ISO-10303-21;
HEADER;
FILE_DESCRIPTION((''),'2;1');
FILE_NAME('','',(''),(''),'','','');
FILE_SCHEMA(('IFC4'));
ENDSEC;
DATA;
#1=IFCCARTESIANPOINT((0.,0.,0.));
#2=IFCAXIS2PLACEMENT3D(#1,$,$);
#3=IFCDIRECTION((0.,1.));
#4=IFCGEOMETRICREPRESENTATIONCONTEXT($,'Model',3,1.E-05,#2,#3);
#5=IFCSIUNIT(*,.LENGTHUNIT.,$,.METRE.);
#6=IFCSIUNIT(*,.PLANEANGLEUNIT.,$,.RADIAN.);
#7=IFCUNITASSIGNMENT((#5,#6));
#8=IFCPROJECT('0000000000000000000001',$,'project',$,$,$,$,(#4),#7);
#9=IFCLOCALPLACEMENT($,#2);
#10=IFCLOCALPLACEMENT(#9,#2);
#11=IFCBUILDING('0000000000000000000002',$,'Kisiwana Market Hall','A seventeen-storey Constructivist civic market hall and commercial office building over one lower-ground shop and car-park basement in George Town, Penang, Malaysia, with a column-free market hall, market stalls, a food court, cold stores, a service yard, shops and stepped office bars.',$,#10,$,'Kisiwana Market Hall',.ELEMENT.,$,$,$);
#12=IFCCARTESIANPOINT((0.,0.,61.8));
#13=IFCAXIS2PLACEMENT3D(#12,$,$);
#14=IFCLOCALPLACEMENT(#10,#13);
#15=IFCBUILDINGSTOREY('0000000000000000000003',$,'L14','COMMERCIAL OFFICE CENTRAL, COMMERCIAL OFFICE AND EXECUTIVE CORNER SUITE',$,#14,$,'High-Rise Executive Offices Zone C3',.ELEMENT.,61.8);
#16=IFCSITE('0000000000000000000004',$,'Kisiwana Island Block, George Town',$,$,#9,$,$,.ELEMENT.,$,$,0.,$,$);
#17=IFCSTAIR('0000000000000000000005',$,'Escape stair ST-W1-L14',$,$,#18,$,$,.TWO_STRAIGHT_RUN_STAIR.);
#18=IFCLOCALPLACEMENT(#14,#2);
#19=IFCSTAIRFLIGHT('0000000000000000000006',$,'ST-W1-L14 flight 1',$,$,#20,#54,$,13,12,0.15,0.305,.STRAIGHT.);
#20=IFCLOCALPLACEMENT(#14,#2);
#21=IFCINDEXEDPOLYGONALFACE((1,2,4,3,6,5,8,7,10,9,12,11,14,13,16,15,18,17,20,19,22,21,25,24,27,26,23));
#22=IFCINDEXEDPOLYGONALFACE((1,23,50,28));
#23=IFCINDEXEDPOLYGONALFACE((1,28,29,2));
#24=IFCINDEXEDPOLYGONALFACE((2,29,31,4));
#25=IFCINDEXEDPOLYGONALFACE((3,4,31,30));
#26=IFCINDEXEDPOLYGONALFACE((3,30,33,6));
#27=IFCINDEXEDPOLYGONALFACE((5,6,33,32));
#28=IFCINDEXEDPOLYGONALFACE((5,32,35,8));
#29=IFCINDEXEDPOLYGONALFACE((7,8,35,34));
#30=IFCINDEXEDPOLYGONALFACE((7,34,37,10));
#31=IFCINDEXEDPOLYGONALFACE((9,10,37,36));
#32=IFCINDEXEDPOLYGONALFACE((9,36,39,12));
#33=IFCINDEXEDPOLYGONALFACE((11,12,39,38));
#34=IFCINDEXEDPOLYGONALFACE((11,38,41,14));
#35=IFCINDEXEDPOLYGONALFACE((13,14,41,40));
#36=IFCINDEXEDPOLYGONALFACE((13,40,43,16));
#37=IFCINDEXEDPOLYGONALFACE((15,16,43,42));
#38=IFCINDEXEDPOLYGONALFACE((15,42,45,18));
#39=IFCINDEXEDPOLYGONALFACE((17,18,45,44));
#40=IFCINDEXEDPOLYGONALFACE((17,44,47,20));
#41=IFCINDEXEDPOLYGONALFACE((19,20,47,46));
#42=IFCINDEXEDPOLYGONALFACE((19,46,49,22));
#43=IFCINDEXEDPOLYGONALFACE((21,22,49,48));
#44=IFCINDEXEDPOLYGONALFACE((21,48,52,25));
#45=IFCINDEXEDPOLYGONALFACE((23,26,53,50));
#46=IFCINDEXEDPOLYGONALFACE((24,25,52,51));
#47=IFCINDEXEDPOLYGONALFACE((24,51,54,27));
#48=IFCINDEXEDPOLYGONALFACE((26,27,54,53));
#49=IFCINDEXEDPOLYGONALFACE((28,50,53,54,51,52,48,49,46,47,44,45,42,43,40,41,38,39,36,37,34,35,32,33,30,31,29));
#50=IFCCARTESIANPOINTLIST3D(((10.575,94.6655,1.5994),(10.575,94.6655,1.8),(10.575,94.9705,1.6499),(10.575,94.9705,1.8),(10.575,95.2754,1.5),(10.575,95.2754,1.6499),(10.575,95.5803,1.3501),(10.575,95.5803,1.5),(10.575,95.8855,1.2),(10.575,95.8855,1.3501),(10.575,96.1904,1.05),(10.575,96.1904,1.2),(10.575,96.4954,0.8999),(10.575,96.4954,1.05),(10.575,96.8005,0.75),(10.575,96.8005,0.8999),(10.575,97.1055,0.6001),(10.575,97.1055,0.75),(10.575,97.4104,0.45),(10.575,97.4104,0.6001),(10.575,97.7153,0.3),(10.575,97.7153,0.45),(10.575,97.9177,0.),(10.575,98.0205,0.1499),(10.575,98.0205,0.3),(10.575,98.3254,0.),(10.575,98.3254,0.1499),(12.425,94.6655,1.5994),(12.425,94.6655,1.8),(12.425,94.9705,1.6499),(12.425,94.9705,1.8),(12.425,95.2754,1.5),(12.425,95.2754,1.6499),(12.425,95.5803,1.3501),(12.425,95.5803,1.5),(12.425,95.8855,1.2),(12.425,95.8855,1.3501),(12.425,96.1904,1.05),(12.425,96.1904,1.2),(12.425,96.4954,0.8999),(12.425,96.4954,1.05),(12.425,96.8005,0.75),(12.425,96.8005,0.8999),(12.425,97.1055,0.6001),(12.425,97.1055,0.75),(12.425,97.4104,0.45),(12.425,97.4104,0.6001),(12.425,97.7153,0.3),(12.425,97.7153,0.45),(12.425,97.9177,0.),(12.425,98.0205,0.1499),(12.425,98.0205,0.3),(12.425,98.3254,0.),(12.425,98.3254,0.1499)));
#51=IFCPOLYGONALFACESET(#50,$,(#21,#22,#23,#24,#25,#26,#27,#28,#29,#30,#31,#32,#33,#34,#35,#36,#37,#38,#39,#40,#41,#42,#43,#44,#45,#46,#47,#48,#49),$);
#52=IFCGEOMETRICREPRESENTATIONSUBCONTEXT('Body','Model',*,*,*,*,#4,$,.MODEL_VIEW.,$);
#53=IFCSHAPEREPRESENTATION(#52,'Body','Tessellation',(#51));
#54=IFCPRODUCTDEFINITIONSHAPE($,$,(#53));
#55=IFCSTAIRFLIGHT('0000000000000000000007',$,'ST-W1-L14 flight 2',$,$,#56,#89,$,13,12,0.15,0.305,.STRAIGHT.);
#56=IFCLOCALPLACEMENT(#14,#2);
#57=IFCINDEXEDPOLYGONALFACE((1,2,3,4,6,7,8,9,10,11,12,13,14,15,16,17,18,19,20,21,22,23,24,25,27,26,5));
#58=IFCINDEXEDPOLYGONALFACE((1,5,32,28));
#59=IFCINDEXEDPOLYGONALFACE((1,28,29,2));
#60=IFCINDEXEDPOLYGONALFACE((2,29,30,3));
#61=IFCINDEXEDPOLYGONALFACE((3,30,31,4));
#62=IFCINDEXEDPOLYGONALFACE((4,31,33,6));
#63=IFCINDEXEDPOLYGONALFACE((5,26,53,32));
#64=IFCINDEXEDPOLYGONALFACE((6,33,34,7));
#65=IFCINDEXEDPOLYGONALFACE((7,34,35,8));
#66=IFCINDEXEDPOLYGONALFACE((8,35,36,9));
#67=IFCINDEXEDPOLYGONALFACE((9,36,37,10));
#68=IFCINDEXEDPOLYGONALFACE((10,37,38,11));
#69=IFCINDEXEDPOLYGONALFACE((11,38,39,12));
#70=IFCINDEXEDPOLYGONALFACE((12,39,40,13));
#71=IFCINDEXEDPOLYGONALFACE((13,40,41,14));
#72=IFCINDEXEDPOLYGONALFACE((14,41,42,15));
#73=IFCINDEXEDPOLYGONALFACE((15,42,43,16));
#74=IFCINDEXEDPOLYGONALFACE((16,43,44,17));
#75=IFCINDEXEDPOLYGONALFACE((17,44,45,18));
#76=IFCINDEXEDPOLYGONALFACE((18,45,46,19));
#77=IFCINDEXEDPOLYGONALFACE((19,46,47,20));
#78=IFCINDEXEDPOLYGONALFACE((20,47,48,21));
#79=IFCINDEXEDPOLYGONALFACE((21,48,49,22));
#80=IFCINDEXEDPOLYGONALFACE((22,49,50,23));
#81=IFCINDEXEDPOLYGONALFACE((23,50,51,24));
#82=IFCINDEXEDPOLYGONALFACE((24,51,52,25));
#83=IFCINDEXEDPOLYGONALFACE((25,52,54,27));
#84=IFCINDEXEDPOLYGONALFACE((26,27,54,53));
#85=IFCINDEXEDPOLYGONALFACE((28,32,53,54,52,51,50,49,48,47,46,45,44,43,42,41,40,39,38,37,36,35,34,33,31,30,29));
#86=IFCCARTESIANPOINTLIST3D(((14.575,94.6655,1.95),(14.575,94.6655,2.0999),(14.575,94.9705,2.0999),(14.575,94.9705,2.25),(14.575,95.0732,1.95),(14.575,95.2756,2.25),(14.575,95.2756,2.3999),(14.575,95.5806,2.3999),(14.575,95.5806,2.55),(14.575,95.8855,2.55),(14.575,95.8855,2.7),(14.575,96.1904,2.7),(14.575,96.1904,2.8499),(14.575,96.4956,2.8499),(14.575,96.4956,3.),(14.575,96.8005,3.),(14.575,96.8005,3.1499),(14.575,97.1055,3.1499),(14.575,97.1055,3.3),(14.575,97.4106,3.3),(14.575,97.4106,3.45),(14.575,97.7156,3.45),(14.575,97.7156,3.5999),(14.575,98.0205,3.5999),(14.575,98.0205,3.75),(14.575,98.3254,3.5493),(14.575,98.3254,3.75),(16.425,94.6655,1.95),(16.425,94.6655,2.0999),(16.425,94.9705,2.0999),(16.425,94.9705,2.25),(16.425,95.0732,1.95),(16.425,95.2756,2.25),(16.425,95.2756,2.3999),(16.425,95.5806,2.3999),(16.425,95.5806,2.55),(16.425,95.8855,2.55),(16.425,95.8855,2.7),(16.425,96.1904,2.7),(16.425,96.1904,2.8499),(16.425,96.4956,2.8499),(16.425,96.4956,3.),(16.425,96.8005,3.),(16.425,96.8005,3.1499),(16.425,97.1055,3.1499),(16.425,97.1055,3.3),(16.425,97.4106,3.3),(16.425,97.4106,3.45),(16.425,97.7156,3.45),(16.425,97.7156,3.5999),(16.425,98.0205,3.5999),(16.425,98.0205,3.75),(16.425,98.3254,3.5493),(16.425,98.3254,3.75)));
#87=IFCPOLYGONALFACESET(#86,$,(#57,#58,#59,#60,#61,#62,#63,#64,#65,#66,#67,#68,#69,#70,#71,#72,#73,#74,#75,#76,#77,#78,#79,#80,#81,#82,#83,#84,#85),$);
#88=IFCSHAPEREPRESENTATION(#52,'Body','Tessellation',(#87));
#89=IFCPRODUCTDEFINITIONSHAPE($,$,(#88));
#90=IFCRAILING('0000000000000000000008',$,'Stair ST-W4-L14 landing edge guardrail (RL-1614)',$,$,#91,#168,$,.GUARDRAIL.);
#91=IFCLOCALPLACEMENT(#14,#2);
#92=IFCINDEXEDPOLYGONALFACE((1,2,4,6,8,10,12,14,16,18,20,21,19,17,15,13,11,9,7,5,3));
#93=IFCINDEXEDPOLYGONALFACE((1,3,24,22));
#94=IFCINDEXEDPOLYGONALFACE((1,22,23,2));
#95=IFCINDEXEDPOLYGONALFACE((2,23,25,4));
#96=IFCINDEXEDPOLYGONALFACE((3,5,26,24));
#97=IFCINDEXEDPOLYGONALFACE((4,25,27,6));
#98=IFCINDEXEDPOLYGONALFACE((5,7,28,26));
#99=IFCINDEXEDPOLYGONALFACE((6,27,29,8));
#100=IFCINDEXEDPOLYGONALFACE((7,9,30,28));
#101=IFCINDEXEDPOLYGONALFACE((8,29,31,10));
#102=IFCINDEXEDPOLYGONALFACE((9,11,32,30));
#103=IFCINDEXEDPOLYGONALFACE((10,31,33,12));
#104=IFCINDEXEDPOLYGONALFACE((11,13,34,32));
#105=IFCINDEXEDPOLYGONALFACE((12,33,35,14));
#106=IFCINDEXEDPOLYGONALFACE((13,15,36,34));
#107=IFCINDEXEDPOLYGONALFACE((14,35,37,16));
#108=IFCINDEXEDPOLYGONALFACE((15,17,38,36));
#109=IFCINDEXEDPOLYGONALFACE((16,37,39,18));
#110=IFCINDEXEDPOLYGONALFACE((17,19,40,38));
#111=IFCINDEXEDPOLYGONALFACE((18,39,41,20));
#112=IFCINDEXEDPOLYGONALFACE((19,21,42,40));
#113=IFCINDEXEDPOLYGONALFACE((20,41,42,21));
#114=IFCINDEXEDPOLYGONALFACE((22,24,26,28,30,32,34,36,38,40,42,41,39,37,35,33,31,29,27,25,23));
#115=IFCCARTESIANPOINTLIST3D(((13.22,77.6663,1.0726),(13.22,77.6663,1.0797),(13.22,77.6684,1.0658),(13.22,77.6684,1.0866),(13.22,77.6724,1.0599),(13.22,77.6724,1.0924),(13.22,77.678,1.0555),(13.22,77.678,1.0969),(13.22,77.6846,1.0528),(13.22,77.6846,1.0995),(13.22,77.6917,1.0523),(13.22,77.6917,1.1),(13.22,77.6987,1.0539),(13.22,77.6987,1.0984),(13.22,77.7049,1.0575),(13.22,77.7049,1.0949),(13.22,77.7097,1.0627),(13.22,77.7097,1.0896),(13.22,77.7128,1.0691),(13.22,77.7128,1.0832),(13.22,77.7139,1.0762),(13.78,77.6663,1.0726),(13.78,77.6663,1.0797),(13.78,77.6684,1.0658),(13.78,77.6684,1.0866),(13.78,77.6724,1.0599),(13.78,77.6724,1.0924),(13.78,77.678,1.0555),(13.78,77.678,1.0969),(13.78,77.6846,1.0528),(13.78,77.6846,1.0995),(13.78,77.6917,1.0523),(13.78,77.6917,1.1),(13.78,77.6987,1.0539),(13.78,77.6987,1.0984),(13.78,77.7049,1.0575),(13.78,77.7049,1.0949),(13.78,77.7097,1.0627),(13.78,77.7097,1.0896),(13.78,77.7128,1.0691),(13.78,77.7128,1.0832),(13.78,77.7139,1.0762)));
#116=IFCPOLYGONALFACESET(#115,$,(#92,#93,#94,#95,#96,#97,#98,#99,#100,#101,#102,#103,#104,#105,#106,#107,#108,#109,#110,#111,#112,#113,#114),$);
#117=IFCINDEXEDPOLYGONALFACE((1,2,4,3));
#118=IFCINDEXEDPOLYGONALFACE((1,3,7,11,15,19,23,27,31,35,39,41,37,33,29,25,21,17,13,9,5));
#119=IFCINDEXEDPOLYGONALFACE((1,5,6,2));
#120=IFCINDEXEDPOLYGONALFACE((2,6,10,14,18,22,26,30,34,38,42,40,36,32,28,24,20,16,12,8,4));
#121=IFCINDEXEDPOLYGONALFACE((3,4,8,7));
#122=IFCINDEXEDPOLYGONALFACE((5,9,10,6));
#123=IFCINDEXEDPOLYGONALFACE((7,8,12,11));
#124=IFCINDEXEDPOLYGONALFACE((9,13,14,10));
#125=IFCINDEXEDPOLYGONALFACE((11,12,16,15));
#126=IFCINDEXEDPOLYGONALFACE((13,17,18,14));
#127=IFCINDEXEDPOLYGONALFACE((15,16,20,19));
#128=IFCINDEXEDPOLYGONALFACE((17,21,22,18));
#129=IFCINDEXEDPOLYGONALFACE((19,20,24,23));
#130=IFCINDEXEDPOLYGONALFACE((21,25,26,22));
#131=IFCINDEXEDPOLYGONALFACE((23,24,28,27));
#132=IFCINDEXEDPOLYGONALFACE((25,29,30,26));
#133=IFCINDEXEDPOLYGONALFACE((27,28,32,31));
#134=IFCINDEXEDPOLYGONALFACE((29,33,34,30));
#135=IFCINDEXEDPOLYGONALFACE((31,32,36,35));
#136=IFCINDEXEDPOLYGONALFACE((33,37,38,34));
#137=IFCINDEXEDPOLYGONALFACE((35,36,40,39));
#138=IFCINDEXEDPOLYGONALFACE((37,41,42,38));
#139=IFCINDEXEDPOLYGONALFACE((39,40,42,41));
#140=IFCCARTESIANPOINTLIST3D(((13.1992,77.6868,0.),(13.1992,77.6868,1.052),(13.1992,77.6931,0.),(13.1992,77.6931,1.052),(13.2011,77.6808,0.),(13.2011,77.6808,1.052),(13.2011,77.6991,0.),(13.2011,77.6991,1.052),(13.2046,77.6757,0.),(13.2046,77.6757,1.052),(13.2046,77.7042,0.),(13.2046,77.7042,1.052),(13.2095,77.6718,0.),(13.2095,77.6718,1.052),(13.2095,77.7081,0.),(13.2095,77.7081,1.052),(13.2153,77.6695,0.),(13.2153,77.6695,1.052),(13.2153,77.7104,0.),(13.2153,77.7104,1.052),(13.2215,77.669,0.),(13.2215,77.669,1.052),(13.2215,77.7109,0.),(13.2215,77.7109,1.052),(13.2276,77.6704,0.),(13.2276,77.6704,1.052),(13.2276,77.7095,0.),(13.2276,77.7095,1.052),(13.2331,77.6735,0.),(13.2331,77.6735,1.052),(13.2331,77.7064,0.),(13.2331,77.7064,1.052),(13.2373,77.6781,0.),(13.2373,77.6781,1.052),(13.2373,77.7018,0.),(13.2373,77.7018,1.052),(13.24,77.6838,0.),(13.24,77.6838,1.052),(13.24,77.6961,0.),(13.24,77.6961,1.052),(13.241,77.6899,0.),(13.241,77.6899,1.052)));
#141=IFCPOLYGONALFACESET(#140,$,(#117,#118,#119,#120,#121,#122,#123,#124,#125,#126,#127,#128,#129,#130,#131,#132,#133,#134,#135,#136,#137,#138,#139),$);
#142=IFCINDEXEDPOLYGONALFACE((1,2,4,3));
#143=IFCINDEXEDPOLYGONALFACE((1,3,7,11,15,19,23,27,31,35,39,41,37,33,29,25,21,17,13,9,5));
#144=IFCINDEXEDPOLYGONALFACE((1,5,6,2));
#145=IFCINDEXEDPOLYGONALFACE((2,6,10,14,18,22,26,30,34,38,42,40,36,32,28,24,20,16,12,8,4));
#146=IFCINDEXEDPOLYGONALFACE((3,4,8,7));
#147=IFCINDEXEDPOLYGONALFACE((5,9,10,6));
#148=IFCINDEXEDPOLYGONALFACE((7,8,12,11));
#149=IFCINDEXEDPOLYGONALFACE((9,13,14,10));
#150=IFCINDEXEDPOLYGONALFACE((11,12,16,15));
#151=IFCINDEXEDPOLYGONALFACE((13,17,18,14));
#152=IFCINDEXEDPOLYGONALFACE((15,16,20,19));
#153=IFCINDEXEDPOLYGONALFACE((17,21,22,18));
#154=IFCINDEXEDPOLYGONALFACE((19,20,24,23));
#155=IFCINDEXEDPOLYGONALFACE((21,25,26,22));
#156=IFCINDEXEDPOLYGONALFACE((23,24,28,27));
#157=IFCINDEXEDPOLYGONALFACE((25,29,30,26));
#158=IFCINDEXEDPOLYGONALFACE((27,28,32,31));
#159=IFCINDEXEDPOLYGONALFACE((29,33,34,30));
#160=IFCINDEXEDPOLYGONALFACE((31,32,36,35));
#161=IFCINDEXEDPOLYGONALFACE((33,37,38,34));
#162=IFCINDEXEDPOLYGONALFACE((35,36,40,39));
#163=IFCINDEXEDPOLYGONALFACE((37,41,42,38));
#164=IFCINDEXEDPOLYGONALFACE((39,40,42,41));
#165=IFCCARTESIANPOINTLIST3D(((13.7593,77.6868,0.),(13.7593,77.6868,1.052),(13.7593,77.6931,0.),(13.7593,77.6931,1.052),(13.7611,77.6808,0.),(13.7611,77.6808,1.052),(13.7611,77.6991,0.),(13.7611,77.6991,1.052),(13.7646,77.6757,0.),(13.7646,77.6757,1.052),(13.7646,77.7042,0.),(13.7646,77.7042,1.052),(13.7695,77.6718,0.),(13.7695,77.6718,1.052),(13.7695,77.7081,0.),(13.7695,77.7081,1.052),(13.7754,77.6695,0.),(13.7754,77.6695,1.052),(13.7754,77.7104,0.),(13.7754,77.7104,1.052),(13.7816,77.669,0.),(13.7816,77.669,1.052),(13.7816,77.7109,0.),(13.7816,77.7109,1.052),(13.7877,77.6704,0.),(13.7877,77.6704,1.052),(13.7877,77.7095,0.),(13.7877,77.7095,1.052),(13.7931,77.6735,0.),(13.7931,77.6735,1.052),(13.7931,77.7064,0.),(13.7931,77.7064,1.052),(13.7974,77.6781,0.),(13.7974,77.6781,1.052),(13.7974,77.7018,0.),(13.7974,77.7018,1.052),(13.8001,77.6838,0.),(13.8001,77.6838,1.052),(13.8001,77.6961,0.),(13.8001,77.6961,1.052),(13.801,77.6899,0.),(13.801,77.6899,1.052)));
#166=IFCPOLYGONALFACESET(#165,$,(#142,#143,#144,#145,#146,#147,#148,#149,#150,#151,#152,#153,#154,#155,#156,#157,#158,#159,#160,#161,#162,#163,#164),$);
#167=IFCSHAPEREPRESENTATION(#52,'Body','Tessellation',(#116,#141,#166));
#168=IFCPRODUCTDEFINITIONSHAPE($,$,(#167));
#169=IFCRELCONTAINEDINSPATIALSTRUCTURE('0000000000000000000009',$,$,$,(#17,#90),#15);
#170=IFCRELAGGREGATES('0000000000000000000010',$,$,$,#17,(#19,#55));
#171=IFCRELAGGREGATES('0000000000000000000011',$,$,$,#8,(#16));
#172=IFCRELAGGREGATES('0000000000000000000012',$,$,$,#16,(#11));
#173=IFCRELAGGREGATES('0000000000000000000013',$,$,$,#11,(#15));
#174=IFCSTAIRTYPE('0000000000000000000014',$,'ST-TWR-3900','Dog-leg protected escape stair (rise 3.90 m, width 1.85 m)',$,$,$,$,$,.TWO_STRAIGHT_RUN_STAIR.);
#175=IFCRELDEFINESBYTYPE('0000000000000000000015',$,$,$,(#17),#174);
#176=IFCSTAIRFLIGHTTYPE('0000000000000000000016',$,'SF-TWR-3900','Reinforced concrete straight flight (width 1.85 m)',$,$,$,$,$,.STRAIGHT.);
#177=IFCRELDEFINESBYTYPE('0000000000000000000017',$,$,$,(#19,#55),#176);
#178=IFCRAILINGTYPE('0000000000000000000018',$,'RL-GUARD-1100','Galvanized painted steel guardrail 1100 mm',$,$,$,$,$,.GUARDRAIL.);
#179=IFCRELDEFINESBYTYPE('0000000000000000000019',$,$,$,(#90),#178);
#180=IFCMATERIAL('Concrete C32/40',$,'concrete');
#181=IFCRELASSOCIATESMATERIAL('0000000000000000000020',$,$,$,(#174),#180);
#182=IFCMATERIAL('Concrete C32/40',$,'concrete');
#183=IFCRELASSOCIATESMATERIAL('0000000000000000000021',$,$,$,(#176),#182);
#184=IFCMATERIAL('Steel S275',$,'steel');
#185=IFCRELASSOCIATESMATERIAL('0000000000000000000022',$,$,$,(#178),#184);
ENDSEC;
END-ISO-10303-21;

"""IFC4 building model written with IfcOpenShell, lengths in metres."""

from ifc_helpers import new_model, si_unit, direction, frame, origin, origin_2d, place, context, subcontext, project, spatial, polyline, circle, outline, extrude, material, type_object, element, aggregate, save


model = new_model("IFC4")

# Units and contexts
model_context = context("Model", 3, precision=1e-05, world=origin(), true_north=direction((0.0, 1.0)))
body_context = subcontext(model_context, "Body", "Model", "MODEL_VIEW")
ifc_project = project(units=[si_unit("LENGTHUNIT", "METRE"), si_unit("PLANEANGLEUNIT", "RADIAN")], contexts=[model_context])

# Site, building, storey
site_placement = place(None, origin())
site = spatial("IfcSite", under=ifc_project, at=site_placement, Name="Kisiwana Island Block, George Town", CompositionType="ELEMENT", RefElevation=0.0)
building_placement = place(site_placement, origin())
building = spatial("IfcBuilding", under=site, at=building_placement, Name="Kisiwana Market Hall", Description="A seventeen-storey Constructivist civic market hall and commercial office building over one lower-ground shop and car-park basement in George Town, Penang, Malaysia, with a column-free market hall, market stalls, a food court, cold stores, a service yard, shops and stepped office bars.", LongName="Kisiwana Market Hall", CompositionType="ELEMENT")
storey_placement = place(building_placement, frame((0.0, 0.0, 61.8)))
storey = spatial("IfcBuildingStorey", under=building, at=storey_placement, Name="L14", Description="COMMERCIAL OFFICE CENTRAL, COMMERCIAL OFFICE AND EXECUTIVE CORNER SUITE", LongName="High-Rise Executive Offices Zone C3", CompositionType="ELEMENT", Elevation=61.8)

# Stair, stair flights
ifc_material_1 = material(Name="Concrete C32/40", Category="concrete")
stair_type = type_object("IfcStairType", Name="ST-TWR-3900", Description="Dog-leg protected escape stair (rise 3.90 m, width 1.85 m)", PredefinedType="TWO_STRAIGHT_RUN_STAIR", material=ifc_material_1)
stair_placement = place(storey_placement, origin())
stair = element("IfcStair", 1, at=stair_placement, inside=storey, type_object=stair_type, Name="Escape stair ST-W1-L14", PredefinedType="TWO_STRAIGHT_RUN_STAIR")
ifc_material_2 = material(Name="Concrete C32/40", Category="concrete")
stair_flight_type = type_object("IfcStairFlightType", Name="SF-TWR-3900", Description="Reinforced concrete straight flight (width 1.85 m)", PredefinedType="STRAIGHT", material=ifc_material_2)
stair_flight_1_placement = place(storey_placement, frame((11.5, 98.3254, 0.0), z_axis=(0.0, 0.0, 1.0), x_axis=(0.0, -1.0, 0.0)))
stair_flight_1 = element("IfcStairFlight", 2, at=stair_flight_1_placement, type_object=stair_flight_type, Name="ST-W1-L14 flight 1", NumberOfRisers=13, NumberOfTreads=12, PredefinedType="STRAIGHT", RiserHeight=0.15, TreadLength=0.305, context=body_context, shape_type="SweptSolid", body=[
    extrude(outline(polyline([(0.0, 0.0), (0.0, 0.1499), (0.3049, 0.1499), (0.3049, 0.3), (0.6101, 0.3), (0.6101, 0.45), (0.915, 0.45), (0.915, 0.6001), (1.22, 0.6001), (1.22, 0.75), (1.5249, 0.75), (1.5249, 0.8999), (1.8301, 0.8999), (1.8301, 1.05), (2.135, 1.05), (2.135, 1.2), (2.4399, 1.2), (2.4399, 1.3501), (2.7451, 1.3501), (2.7451, 1.5), (3.05, 1.5), (3.05, 1.6499), (3.355, 1.6499), (3.355, 1.8), (3.6599, 1.8), (3.6599, 1.95), (3.6599, 1.5994), (0.4077, 0.0), (0.0, 0.0)])), frame((0.0, 0.925, 0.0), z_axis=(0.0, -1.0, 0.0), x_axis=(1.0, 0.0, 0.0)), (0.0, 0.0, 1.0), 1.8501),
])
stair_flight_2_placement = place(storey_placement, frame((15.5, 94.6655, 1.95), z_axis=(0.0, 0.0, 1.0), x_axis=(0.0, 1.0, 0.0)))
stair_flight_2 = element("IfcStairFlight", 3, at=stair_flight_2_placement, type_object=stair_flight_type, Name="ST-W1-L14 flight 2", NumberOfRisers=13, NumberOfTreads=12, PredefinedType="STRAIGHT", RiserHeight=0.15, TreadLength=0.305, context=body_context, shape_type="SweptSolid", body=[
    extrude(outline(polyline([(0.0, 0.0), (0.0, 0.1499), (0.3049, 0.1499), (0.3049, 0.3), (0.6101, 0.3), (0.6101, 0.45), (0.915, 0.45), (0.915, 0.6001), (1.22, 0.6001), (1.22, 0.75), (1.5249, 0.75), (1.5249, 0.8999), (1.8301, 0.8999), (1.8301, 1.05), (2.135, 1.05), (2.135, 1.2), (2.4399, 1.2), (2.4399, 1.3501), (2.7451, 1.3501), (2.7451, 1.5), (3.05, 1.5), (3.05, 1.6499), (3.355, 1.6499), (3.355, 1.8), (3.6599, 1.8), (3.6599, 1.95), (3.6599, 1.5994), (0.4077, 0.0), (0.0, 0.0)])), frame((0.0, 0.925, 0.0), z_axis=(0.0, -1.0, 0.0), x_axis=(1.0, 0.0, 0.0)), (0.0, 0.0, 1.0), 1.8501),
])
aggregate(stair, [stair_flight_1, stair_flight_2])

# Railing
ifc_material_3 = material(Name="Steel S275", Category="steel")
railing_type_1 = type_object("IfcRailingType", Name="RL-GUARD-1100", Description="Galvanized painted steel guardrail 1100 mm", PredefinedType="GUARDRAIL", material=ifc_material_3)
railing_1_placement = place(storey_placement, frame((13.22, 77.6899, 0.0)))
element("IfcRailing", 4, at=railing_1_placement, inside=storey, type_object=railing_type_1, Name="Stair ST-W4-L14 landing edge guardrail (RL-1614)", PredefinedType="GUARDRAIL", context=body_context, shape_type="SweptSolid", body=[
    extrude(circle(Radius=0.0239, at=origin_2d()), frame((0.0, 0.0, 1.0762), z_axis=(1.0, 0.0, 0.0), x_axis=(0.0, 1.0, 0.0)), (0.0, 0.0, 1.0), 0.5601),
    extrude(circle(Radius=0.021, at=origin_2d()), origin(), (0.0, 0.0, 1.0), 1.052),
    extrude(circle(Radius=0.021, at=origin_2d()), frame((0.5601, 0.0, 0.0)), (0.0, 0.0, 1.0), 1.052),
])

save(model, "model.ifc")
